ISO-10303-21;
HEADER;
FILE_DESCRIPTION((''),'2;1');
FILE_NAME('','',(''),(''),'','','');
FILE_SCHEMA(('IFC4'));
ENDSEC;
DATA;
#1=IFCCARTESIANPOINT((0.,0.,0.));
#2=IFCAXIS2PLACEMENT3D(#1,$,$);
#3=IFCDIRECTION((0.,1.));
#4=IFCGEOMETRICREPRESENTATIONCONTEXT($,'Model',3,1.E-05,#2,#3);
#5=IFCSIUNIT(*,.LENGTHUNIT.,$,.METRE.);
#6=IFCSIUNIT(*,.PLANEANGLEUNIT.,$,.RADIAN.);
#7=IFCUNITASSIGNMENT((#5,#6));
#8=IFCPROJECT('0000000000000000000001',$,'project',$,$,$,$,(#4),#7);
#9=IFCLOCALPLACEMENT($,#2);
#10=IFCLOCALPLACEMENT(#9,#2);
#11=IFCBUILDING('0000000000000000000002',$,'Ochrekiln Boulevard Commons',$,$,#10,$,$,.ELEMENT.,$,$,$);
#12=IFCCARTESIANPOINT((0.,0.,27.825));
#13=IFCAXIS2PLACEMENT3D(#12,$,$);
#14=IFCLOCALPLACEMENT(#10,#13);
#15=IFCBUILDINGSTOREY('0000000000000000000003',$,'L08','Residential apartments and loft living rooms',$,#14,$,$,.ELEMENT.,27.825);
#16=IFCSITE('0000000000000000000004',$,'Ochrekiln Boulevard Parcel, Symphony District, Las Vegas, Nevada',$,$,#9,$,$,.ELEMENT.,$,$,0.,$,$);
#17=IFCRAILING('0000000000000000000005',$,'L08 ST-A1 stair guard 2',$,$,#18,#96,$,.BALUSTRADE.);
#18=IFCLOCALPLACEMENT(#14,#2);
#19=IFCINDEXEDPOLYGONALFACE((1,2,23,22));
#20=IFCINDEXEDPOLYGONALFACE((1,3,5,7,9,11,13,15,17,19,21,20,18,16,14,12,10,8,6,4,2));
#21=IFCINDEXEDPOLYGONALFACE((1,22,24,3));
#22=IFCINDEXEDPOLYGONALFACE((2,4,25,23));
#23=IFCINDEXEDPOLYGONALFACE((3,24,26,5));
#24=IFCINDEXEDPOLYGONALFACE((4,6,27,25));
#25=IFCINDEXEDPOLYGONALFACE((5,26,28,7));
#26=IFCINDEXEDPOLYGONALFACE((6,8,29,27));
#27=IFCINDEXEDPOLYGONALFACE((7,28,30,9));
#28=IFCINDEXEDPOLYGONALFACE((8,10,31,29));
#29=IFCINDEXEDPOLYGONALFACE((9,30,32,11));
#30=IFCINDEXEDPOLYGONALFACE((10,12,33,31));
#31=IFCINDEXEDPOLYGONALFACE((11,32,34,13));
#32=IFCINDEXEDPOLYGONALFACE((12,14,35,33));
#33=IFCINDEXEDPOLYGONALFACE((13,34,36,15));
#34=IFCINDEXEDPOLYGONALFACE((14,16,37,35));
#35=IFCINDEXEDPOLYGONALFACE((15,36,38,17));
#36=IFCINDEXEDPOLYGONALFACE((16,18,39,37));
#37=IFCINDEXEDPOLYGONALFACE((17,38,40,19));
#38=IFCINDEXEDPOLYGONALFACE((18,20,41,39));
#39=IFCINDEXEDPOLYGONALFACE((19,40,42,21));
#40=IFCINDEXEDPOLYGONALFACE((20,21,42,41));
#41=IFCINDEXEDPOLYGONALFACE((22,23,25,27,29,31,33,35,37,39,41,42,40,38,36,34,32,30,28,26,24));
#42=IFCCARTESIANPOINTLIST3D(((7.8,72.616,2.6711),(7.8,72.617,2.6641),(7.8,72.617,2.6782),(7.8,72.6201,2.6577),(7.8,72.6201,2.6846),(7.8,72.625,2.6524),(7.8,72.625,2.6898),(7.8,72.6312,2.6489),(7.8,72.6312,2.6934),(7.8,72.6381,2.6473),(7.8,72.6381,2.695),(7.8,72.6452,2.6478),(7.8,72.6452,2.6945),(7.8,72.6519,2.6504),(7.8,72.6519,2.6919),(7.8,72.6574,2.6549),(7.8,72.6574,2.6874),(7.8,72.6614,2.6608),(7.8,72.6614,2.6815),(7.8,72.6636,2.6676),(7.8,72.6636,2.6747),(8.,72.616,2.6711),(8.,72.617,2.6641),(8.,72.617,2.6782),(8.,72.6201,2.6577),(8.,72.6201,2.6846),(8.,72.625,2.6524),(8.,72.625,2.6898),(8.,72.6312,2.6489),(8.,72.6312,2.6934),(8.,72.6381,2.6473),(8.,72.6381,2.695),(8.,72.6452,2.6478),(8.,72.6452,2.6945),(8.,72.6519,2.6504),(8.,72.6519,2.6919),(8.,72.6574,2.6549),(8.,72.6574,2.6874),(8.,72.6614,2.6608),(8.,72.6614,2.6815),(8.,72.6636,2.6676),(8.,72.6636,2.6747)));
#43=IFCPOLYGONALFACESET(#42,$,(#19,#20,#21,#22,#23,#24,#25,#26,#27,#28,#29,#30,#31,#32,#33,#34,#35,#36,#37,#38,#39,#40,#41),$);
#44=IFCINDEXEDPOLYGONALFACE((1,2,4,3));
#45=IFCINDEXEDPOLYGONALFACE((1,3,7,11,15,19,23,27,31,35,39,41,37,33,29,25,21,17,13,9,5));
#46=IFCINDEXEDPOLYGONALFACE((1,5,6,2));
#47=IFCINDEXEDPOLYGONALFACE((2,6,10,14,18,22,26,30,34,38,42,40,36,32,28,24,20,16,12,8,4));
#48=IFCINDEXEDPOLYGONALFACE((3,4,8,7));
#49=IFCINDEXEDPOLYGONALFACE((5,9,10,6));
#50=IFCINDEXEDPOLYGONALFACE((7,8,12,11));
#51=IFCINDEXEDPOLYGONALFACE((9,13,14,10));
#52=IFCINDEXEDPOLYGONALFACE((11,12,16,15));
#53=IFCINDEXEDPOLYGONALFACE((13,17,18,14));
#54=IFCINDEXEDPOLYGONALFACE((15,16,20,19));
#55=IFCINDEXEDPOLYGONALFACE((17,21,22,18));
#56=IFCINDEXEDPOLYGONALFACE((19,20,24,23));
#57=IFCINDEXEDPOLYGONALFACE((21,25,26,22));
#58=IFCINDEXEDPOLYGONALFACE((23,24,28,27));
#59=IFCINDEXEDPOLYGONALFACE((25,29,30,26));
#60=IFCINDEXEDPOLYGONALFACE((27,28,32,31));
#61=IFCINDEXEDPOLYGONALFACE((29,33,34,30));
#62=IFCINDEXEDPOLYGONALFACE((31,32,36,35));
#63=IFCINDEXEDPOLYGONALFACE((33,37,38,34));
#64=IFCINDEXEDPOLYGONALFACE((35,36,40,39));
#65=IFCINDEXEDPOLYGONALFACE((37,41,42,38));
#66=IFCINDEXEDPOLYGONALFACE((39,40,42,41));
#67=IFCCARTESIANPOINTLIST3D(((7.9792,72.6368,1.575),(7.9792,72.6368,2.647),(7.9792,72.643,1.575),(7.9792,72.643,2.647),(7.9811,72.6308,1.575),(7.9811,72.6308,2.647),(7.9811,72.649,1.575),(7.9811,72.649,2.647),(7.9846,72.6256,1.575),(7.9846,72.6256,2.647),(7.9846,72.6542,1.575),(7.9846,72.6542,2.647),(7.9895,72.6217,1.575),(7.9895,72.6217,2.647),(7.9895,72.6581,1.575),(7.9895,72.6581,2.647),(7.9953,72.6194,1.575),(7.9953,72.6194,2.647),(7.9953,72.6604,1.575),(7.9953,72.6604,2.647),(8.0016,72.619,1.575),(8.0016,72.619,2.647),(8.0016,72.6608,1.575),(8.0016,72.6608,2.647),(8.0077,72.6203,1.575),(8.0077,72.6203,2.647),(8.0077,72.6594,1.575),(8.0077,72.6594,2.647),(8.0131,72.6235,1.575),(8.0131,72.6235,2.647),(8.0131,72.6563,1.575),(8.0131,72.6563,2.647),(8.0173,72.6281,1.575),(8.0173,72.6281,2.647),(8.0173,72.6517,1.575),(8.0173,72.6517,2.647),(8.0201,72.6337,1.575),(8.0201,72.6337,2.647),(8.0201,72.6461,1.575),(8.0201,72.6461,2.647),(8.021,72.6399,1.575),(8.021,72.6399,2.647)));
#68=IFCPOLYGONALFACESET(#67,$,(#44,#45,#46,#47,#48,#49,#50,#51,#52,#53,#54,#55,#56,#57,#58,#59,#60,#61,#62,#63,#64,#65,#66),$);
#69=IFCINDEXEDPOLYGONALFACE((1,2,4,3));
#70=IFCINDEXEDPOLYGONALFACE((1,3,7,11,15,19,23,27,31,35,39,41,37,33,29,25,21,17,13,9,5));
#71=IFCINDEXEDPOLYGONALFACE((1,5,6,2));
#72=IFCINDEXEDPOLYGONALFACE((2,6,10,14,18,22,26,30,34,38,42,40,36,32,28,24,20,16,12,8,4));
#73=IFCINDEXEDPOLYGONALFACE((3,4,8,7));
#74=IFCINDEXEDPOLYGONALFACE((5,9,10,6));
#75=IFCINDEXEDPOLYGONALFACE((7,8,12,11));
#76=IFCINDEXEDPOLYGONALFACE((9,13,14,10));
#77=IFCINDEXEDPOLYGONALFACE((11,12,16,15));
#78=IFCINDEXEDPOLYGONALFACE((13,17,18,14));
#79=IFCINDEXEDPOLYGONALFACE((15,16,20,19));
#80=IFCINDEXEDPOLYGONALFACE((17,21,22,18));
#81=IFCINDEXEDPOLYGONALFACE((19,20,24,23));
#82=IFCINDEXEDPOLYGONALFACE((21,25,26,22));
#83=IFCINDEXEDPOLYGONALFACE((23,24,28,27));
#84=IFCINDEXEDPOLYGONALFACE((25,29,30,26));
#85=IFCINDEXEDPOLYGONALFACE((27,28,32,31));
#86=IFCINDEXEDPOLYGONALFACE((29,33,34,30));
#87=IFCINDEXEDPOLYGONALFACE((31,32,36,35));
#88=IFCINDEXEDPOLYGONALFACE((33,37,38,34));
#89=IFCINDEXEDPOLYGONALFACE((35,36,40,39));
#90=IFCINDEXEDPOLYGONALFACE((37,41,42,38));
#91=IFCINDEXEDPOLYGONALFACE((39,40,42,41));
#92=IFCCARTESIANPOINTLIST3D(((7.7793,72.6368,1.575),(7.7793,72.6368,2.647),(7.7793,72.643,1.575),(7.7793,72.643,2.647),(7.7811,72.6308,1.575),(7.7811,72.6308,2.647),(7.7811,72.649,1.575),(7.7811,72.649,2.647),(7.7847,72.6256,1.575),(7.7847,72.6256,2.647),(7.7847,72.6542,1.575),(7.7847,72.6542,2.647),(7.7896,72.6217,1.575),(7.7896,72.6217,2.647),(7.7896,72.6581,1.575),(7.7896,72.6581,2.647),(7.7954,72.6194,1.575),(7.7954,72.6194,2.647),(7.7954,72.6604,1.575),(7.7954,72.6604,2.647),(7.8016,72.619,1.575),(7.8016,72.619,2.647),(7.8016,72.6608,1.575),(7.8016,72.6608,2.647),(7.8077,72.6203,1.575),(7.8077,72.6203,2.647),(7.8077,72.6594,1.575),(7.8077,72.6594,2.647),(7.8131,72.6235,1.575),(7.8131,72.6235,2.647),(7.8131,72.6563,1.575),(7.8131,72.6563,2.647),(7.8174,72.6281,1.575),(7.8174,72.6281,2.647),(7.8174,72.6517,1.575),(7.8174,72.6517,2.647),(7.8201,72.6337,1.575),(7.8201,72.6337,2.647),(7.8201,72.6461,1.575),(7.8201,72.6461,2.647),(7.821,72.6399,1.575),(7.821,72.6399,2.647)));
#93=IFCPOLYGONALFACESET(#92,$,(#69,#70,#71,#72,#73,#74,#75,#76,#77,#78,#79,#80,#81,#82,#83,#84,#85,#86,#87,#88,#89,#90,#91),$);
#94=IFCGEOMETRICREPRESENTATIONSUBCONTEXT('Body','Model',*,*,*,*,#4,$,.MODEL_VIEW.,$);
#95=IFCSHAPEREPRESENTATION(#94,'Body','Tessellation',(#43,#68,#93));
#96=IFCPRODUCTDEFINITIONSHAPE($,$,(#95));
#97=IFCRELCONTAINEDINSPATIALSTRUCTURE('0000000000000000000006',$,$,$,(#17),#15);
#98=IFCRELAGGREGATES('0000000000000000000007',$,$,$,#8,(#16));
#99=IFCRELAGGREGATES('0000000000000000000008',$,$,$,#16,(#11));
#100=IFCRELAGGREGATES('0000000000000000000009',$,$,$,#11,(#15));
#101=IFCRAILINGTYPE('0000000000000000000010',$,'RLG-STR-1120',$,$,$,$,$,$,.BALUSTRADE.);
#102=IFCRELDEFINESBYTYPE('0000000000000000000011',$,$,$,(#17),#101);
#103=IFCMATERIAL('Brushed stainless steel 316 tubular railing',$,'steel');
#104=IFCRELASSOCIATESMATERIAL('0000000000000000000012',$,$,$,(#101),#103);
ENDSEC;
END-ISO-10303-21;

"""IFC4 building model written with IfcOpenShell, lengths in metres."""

from ifc_helpers import new_model, si_unit, direction, frame, origin, origin_2d, place, context, subcontext, project, spatial, circle, extrude, material, type_object, element, save


model = new_model("IFC4")

# Units and contexts
model_context = context("Model", 3, precision=1e-05, world=origin(), true_north=direction((0.0, 1.0)))
body_context = subcontext(model_context, "Body", "Model", "MODEL_VIEW")
ifc_project = project(units=[si_unit("LENGTHUNIT", "METRE"), si_unit("PLANEANGLEUNIT", "RADIAN")], contexts=[model_context])

# Site, building, storey
site_placement = place(None, origin())
site = spatial("IfcSite", under=ifc_project, at=site_placement, Name="Ochrekiln Boulevard Parcel, Symphony District, Las Vegas, Nevada", CompositionType="ELEMENT", RefElevation=0.0)
building_placement = place(site_placement, origin())
building = spatial("IfcBuilding", under=site, at=building_placement, Name="Ochrekiln Boulevard Commons", CompositionType="ELEMENT")
storey_placement = place(building_placement, frame((0.0, 0.0, 27.825)))
storey = spatial("IfcBuildingStorey", under=building, at=storey_placement, Name="L08", Description="Residential apartments and loft living rooms", CompositionType="ELEMENT", Elevation=27.825)

# Railing
ifc_material_1 = material(Name="Brushed stainless steel 316 tubular railing", Category="steel")
railing_type_1 = type_object("IfcRailingType", Name="RLG-STR-1120", PredefinedType="BALUSTRADE", material=ifc_material_1)
railing_1_placement = place(storey_placement, frame((8.0, 72.6399, 1.575)))
element("IfcRailing", 1, at=railing_1_placement, inside=storey, type_object=railing_type_1, Name="L08 ST-A1 stair guard 2", PredefinedType="BALUSTRADE", context=body_context, shape_type="SweptSolid", body=[
    extrude(circle(Radius=0.0239, at=origin_2d()), frame((0.0, 0.0, 1.0962), z_axis=(-1.0, 0.0, 0.0), x_axis=(0.0, -1.0, 0.0)), (0.0, 0.0, 1.0), 0.2),
    extrude(circle(Radius=0.021, at=origin_2d()), origin(), (0.0, 0.0, 1.0), 1.072),
    extrude(circle(Radius=0.021, at=origin_2d()), frame((-0.2, 0.0, 0.0)), (0.0, 0.0, 1.0), 1.072),
])

save(model, "model.ifc")
